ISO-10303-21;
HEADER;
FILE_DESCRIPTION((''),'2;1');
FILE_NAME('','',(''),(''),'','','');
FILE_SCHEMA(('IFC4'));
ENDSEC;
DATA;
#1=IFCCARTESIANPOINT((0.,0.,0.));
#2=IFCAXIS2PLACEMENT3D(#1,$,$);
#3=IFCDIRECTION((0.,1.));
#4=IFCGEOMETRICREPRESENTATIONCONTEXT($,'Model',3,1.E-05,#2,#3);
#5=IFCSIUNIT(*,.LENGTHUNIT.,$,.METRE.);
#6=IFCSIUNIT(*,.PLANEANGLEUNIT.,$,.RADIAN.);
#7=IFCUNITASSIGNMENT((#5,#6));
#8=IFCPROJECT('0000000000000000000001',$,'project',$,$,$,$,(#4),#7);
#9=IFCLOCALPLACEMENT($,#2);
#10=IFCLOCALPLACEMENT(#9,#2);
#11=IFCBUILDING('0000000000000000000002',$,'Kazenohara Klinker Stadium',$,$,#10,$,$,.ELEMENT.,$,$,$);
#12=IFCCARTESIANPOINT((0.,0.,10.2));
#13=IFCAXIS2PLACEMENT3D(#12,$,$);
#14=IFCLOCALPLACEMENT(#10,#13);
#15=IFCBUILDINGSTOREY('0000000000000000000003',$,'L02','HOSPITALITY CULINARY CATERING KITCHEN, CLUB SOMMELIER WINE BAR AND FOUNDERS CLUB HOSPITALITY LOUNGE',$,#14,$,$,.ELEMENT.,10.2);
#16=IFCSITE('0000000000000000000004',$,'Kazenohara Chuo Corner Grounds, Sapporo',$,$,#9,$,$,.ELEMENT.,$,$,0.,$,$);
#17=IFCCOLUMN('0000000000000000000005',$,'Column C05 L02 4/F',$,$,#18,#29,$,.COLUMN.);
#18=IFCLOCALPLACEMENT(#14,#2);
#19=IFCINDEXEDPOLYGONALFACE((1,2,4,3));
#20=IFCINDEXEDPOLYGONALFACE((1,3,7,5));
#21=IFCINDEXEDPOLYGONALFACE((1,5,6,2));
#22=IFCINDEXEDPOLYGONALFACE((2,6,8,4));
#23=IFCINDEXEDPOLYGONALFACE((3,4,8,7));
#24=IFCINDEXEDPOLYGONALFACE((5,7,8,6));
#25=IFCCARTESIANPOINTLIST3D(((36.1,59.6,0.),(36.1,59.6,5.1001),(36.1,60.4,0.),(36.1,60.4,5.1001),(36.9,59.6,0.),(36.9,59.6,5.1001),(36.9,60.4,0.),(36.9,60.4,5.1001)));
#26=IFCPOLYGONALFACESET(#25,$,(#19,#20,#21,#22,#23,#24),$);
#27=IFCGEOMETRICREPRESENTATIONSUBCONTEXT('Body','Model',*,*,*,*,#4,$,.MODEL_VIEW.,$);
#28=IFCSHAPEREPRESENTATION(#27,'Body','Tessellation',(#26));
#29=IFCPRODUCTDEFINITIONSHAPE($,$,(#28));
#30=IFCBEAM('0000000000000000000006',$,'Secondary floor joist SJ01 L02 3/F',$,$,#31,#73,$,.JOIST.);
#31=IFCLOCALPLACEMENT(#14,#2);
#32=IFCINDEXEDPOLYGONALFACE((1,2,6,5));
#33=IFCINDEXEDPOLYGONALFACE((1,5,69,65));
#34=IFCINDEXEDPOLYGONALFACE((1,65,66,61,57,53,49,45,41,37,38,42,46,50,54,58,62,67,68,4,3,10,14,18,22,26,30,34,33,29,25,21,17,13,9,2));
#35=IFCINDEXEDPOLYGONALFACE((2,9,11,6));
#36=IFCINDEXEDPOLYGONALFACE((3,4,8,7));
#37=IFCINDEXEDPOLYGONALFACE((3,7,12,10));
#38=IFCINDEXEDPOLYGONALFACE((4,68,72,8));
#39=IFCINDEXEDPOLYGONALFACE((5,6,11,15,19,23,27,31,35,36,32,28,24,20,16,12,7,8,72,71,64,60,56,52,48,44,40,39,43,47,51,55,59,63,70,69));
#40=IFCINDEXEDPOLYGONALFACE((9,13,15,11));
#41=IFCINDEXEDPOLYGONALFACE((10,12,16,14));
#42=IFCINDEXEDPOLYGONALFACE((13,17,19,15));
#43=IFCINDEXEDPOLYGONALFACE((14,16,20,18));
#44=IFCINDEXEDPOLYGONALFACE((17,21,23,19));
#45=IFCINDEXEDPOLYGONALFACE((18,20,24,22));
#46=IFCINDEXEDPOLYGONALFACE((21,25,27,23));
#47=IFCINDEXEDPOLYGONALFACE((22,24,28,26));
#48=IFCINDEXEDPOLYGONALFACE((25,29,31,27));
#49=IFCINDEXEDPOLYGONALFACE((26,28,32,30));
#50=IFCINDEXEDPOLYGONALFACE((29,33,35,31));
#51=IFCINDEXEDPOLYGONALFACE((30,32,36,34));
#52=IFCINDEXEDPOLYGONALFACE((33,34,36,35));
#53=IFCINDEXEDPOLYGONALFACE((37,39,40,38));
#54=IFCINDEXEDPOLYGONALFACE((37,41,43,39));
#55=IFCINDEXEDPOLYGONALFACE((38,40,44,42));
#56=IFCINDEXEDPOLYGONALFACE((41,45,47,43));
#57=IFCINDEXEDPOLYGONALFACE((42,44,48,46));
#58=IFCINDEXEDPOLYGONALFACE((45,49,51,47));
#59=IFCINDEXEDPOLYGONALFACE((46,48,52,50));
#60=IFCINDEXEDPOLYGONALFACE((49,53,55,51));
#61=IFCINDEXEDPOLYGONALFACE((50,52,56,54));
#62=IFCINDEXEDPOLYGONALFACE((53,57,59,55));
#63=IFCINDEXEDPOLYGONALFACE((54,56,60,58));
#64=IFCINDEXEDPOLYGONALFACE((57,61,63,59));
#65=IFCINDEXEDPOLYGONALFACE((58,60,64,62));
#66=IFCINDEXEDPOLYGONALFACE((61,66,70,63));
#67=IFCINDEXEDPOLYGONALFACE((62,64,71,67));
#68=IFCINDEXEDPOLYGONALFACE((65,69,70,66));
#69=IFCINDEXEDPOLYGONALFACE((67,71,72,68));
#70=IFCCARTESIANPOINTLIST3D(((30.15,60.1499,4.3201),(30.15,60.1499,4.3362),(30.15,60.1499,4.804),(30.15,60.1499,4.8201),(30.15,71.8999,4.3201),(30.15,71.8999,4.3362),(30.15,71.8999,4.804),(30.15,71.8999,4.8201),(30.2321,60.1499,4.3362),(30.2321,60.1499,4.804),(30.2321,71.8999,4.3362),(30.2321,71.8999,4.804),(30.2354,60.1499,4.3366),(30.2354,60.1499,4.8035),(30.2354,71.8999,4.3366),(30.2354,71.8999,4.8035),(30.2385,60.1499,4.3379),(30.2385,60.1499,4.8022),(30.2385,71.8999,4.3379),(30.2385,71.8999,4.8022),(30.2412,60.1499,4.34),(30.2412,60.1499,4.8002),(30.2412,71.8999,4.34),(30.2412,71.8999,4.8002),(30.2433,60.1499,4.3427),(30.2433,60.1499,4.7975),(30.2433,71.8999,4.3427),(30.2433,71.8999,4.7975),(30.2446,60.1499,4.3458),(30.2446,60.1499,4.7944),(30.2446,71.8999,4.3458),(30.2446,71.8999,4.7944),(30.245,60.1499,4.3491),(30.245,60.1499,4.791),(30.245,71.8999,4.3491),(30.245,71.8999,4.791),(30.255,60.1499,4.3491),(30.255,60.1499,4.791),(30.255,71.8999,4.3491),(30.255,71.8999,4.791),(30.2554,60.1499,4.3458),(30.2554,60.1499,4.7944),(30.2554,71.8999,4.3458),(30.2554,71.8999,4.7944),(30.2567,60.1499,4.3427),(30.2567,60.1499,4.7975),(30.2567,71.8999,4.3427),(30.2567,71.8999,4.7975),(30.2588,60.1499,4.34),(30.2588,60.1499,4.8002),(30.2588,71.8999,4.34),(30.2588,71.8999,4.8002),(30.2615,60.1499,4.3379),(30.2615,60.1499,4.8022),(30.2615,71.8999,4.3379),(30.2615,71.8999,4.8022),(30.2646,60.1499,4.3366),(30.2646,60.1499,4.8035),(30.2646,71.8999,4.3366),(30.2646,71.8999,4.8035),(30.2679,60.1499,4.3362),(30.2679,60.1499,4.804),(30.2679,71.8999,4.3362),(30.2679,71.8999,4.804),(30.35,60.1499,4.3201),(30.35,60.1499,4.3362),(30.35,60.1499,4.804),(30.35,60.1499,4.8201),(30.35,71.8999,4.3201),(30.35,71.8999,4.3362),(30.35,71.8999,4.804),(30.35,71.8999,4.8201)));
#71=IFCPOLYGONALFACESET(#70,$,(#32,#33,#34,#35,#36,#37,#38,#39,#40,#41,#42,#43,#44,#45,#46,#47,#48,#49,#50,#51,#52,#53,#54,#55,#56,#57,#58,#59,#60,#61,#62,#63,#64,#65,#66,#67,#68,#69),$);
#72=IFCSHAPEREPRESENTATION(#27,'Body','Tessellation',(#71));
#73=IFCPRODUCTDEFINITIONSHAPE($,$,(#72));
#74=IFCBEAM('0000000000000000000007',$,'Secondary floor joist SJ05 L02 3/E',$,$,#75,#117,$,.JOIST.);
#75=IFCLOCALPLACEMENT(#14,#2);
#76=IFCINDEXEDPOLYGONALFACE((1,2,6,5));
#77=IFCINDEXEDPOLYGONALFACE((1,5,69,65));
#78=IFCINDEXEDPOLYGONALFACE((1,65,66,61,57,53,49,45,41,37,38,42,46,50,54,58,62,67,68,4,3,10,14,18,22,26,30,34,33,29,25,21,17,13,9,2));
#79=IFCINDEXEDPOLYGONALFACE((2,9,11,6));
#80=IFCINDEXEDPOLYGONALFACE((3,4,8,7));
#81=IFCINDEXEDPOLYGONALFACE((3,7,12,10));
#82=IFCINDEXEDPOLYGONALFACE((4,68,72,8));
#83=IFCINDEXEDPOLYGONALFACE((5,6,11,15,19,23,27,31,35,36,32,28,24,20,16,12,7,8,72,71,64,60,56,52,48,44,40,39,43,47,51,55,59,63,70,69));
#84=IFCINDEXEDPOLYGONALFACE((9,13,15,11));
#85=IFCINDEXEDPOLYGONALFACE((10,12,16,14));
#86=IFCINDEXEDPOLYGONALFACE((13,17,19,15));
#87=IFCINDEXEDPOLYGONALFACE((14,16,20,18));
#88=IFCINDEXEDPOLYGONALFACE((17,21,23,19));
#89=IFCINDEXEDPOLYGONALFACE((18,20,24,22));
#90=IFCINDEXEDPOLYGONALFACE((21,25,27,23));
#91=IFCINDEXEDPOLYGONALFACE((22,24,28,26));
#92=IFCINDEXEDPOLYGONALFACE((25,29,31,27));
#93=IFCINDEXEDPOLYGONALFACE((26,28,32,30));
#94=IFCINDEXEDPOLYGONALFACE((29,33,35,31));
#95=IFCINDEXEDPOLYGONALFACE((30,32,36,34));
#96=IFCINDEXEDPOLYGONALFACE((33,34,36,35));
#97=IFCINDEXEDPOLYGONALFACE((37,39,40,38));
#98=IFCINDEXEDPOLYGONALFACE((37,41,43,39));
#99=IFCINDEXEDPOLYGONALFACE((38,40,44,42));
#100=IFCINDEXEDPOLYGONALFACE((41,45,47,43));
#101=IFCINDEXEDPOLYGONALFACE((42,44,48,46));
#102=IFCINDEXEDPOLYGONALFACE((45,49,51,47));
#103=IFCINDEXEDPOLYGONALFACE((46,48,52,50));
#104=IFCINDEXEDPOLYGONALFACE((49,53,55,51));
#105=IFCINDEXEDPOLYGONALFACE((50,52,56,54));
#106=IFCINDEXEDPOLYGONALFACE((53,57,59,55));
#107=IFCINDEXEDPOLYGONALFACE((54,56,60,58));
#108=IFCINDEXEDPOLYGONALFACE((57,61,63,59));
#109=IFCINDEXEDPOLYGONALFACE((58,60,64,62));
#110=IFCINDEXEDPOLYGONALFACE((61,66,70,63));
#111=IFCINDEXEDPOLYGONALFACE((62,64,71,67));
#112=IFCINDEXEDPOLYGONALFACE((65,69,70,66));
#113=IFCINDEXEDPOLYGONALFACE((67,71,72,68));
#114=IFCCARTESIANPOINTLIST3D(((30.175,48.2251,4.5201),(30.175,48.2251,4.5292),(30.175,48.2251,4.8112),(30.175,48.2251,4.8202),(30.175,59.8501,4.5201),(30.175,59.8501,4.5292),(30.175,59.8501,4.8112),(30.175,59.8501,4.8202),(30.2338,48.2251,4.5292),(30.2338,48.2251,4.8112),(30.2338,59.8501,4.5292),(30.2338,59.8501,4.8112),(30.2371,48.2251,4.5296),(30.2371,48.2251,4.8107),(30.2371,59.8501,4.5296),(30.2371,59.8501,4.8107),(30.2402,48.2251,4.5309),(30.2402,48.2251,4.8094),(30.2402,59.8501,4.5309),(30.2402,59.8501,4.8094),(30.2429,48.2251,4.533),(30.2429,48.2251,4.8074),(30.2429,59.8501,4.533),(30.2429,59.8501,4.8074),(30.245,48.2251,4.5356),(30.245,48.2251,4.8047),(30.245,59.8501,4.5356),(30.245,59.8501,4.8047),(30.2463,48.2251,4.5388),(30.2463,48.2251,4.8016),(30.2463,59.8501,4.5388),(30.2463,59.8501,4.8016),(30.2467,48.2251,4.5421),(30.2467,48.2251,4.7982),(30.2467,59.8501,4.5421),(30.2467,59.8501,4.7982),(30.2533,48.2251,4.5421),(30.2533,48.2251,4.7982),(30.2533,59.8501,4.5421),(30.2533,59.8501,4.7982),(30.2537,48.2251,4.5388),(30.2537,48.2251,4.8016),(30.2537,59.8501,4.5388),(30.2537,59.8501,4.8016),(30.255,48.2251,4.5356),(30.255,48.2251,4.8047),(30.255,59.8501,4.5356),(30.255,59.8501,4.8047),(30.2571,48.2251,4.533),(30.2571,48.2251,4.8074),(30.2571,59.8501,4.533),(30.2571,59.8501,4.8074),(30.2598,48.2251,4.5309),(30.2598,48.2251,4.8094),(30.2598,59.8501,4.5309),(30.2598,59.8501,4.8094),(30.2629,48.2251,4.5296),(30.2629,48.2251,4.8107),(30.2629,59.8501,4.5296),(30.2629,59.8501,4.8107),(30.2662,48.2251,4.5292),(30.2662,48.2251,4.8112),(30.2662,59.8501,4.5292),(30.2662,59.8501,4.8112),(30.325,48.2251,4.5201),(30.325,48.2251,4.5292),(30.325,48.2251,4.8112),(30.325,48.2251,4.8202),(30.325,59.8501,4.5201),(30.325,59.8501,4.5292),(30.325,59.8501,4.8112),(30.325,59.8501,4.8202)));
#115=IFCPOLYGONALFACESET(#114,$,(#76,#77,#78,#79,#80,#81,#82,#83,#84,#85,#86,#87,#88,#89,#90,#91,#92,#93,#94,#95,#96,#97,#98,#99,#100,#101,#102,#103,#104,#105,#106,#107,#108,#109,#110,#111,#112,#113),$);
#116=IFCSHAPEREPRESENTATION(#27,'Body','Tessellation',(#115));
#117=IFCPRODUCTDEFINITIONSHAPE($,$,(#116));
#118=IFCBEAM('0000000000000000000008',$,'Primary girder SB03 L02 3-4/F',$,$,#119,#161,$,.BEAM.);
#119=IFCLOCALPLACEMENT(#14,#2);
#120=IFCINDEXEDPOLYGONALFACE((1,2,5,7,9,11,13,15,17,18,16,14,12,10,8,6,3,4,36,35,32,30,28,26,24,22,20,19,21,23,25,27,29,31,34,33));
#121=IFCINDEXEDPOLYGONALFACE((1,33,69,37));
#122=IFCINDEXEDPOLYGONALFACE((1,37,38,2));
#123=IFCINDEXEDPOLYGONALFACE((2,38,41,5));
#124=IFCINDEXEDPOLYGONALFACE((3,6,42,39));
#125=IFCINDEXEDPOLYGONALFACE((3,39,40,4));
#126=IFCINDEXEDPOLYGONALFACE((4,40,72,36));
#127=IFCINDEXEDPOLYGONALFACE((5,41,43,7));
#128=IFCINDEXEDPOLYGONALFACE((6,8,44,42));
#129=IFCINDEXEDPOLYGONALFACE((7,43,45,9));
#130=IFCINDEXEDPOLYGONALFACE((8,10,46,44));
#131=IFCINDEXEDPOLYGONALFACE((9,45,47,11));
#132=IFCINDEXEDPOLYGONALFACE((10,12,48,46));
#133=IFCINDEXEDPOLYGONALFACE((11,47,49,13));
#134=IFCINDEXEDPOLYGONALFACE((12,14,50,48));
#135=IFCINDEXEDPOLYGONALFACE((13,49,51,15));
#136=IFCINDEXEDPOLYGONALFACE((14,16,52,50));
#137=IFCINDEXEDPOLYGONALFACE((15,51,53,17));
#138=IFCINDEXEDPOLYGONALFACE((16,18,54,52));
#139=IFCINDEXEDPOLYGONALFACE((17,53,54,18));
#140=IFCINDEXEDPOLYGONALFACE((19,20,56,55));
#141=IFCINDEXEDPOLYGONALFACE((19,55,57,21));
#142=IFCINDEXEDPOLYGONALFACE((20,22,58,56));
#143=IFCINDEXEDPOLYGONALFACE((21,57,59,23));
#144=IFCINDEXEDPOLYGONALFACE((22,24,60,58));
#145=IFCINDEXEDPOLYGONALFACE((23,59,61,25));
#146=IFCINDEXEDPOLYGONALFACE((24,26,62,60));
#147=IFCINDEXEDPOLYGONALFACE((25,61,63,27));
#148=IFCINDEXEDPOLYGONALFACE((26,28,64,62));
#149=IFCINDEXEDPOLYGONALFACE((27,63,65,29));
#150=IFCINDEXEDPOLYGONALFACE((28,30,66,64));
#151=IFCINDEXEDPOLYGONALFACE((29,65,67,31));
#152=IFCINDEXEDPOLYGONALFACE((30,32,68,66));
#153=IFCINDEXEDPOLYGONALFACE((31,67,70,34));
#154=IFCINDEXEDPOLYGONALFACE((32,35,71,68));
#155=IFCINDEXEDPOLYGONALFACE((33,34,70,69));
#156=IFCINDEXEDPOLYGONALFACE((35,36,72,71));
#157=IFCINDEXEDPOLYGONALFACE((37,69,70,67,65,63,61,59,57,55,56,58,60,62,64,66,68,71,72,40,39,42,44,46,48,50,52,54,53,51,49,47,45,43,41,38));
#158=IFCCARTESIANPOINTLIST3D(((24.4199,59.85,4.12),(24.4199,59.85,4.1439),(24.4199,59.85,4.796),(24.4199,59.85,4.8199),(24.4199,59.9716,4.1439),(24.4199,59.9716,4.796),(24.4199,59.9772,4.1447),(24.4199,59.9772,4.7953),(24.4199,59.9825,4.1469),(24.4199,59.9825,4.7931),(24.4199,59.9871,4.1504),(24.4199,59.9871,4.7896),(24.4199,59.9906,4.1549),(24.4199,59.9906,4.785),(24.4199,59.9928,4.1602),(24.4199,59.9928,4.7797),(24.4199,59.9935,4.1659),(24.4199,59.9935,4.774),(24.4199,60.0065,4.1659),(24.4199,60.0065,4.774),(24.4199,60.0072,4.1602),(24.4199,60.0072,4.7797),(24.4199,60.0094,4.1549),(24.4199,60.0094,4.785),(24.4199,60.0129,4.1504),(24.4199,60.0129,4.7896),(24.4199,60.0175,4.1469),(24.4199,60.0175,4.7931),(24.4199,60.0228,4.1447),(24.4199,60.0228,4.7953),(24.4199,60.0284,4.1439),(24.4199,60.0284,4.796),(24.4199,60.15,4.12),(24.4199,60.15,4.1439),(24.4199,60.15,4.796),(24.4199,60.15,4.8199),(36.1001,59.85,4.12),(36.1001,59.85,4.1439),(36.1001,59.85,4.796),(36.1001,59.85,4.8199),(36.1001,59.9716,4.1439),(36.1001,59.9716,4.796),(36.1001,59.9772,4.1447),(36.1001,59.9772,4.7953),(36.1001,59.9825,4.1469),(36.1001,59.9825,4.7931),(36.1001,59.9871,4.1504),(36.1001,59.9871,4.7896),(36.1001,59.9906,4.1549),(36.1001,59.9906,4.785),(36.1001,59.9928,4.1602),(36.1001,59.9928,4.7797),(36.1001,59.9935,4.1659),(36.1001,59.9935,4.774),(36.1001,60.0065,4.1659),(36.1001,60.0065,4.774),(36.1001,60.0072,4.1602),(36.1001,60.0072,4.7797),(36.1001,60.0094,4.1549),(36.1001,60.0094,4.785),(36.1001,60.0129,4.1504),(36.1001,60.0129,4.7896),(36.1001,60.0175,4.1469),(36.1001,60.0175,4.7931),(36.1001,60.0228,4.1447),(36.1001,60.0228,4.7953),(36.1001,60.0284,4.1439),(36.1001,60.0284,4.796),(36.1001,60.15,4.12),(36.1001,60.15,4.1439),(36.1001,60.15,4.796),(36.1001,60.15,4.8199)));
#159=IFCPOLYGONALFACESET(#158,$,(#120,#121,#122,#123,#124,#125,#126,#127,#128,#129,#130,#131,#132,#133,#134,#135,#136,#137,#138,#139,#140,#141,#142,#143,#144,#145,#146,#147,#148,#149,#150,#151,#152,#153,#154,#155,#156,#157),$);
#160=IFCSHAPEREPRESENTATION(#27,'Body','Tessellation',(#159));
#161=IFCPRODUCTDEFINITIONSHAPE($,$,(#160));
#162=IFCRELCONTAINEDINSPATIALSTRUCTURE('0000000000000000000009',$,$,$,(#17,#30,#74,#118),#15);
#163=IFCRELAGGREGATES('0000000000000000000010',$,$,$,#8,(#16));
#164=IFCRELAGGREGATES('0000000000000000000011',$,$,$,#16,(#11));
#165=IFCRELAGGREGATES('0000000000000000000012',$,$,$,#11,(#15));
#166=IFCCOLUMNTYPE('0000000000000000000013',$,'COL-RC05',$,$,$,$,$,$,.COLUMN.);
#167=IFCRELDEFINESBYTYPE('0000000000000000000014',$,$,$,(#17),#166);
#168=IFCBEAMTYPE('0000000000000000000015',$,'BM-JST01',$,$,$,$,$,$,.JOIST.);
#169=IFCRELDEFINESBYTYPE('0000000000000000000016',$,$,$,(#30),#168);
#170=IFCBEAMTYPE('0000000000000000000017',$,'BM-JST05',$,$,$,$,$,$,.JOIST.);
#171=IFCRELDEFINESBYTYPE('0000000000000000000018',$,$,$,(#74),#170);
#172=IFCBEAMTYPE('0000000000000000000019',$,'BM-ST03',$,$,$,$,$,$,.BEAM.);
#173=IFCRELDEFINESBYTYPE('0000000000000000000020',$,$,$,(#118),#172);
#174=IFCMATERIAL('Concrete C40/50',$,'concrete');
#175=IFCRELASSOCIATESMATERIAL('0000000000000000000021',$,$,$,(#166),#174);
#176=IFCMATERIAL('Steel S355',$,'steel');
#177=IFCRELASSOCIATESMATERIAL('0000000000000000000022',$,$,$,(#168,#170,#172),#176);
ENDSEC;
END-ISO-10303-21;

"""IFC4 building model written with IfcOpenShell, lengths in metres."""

from ifc_helpers import new_model, si_unit, direction, frame, origin, origin_2d, place, context, subcontext, project, spatial, rectangle, i_section, extrude, material, material_profile, profile_set, type_object, element, save


model = new_model("IFC4")

# Units and contexts
model_context = context("Model", 3, precision=1e-05, world=origin(), true_north=direction((0.0, 1.0)))
body_context = subcontext(model_context, "Body", "Model", "MODEL_VIEW")
ifc_project = project(units=[si_unit("LENGTHUNIT", "METRE"), si_unit("PLANEANGLEUNIT", "RADIAN")], contexts=[model_context])

# Site, building, storey
site_placement = place(None, origin())
site = spatial("IfcSite", under=ifc_project, at=site_placement, Name="Kazenohara Chuo Corner Grounds, Sapporo", CompositionType="ELEMENT", RefElevation=0.0)
building_placement = place(site_placement, origin())
building = spatial("IfcBuilding", under=site, at=building_placement, Name="Kazenohara Klinker Stadium", CompositionType="ELEMENT")
storey_placement = place(building_placement, frame((0.0, 0.0, 10.2)))
storey = spatial("IfcBuildingStorey", under=building, at=storey_placement, Name="L02", Description="HOSPITALITY CULINARY CATERING KITCHEN, CLUB SOMMELIER WINE BAR AND FOUNDERS CLUB HOSPITALITY LOUNGE", CompositionType="ELEMENT", Elevation=10.2)

# Column
ifc_material_1 = material(Name="Concrete C40/50", Category="concrete")
ifc_material_profile_1 = material_profile(ifc_material_1, rectangle(XDim=0.8, YDim=0.8, at=origin_2d()), Name="RC-COL-800x800")
ifc_profile_set_1 = profile_set([ifc_material_profile_1], Name="Concrete C40/50")
column_type = type_object("IfcColumnType", Name="COL-RC05", PredefinedType="COLUMN", material=ifc_profile_set_1)
column_placement = place(storey_placement, frame((36.5, 60.0, 0.0), z_axis=(0.0, 0.0, 1.0), x_axis=(1.0, 0.0, 0.0)))
element("IfcColumn", 1, at=column_placement, inside=storey, type_object=column_type, Name="Column C05 L02 4/F", PredefinedType="COLUMN", context=body_context, shape_type="SweptSolid", body=[
    extrude(rectangle(XDim=0.8, YDim=0.8, at=origin_2d()), origin(), (0.0, 0.0, 1.0), 5.1001),
])

# Beams
ifc_material_2 = material(Name="Steel S355", Category="steel")
ifc_material_profile_2 = material_profile(ifc_material_2, i_section(OverallWidth=0.2, OverallDepth=0.5, WebThickness=0.01, FlangeThickness=0.0161, FilletRadius=0.0129, at=origin_2d()), Name="H-500x200x10x16")
ifc_profile_set_2 = profile_set([ifc_material_profile_2], Name="Steel S355")
beam_type_1 = type_object("IfcBeamType", Name="BM-JST01", PredefinedType="JOIST", material=ifc_profile_set_2)
beam_1_placement = place(storey_placement, frame((30.25, 60.1499, 4.5701), z_axis=(0.0, 1.0, 0.0), x_axis=(-1.0, 0.0, 0.0)))
element("IfcBeam", 2, at=beam_1_placement, inside=storey, type_object=beam_type_1, Name="Secondary floor joist SJ01 L02 3/F", PredefinedType="JOIST", context=body_context, shape_type="SweptSolid", body=[
    extrude(i_section(OverallWidth=0.2, OverallDepth=0.5, WebThickness=0.01, FlangeThickness=0.0161, FilletRadius=0.0129, at=origin_2d()), origin(), (0.0, 0.0, 1.0), 11.75),
])
ifc_material_profile_3 = material_profile(ifc_material_2, i_section(OverallWidth=0.1499, OverallDepth=0.3, WebThickness=0.0066, FlangeThickness=0.009, FilletRadius=0.0129, at=origin_2d()), Name="H-300x150x6.5x9")
ifc_profile_set_3 = profile_set([ifc_material_profile_3], Name="Steel S355")
beam_type_2 = type_object("IfcBeamType", Name="BM-JST05", PredefinedType="JOIST", material=ifc_profile_set_3)
beam_2_placement = place(storey_placement, frame((30.25, 48.2251, 4.6702), z_axis=(0.0, 1.0, 0.0), x_axis=(-1.0, 0.0, 0.0)))
element("IfcBeam", 3, at=beam_2_placement, inside=storey, type_object=beam_type_2, Name="Secondary floor joist SJ05 L02 3/E", PredefinedType="JOIST", context=body_context, shape_type="SweptSolid", body=[
    extrude(i_section(OverallWidth=0.1499, OverallDepth=0.3, WebThickness=0.0066, FlangeThickness=0.009, FilletRadius=0.0129, at=origin_2d()), origin(), (0.0, 0.0, 1.0), 11.625),
])
ifc_material_profile_4 = material_profile(ifc_material_2, i_section(OverallWidth=0.3, OverallDepth=0.7, WebThickness=0.0129, FlangeThickness=0.0239, FilletRadius=0.022, at=origin_2d()), Name="H-700x300x13x24")
ifc_profile_set_4 = profile_set([ifc_material_profile_4], Name="Steel S355")
beam_type_3 = type_object("IfcBeamType", Name="BM-ST03", PredefinedType="BEAM", material=ifc_profile_set_4)
beam_3_placement = place(storey_placement, frame((24.4199, 60.0, 4.47), z_axis=(1.0, 0.0, 0.0), x_axis=(0.0, 1.0, 0.0)))
element("IfcBeam", 4, at=beam_3_placement, inside=storey, type_object=beam_type_3, Name="Primary girder SB03 L02 3-4/F", PredefinedType="BEAM", context=body_context, shape_type="SweptSolid", body=[
    extrude(i_section(OverallWidth=0.3, OverallDepth=0.7, WebThickness=0.0129, FlangeThickness=0.0239, FilletRadius=0.022, at=origin_2d()), origin(), (0.0, 0.0, 1.0), 11.6802),
])

save(model, "model.ifc")
